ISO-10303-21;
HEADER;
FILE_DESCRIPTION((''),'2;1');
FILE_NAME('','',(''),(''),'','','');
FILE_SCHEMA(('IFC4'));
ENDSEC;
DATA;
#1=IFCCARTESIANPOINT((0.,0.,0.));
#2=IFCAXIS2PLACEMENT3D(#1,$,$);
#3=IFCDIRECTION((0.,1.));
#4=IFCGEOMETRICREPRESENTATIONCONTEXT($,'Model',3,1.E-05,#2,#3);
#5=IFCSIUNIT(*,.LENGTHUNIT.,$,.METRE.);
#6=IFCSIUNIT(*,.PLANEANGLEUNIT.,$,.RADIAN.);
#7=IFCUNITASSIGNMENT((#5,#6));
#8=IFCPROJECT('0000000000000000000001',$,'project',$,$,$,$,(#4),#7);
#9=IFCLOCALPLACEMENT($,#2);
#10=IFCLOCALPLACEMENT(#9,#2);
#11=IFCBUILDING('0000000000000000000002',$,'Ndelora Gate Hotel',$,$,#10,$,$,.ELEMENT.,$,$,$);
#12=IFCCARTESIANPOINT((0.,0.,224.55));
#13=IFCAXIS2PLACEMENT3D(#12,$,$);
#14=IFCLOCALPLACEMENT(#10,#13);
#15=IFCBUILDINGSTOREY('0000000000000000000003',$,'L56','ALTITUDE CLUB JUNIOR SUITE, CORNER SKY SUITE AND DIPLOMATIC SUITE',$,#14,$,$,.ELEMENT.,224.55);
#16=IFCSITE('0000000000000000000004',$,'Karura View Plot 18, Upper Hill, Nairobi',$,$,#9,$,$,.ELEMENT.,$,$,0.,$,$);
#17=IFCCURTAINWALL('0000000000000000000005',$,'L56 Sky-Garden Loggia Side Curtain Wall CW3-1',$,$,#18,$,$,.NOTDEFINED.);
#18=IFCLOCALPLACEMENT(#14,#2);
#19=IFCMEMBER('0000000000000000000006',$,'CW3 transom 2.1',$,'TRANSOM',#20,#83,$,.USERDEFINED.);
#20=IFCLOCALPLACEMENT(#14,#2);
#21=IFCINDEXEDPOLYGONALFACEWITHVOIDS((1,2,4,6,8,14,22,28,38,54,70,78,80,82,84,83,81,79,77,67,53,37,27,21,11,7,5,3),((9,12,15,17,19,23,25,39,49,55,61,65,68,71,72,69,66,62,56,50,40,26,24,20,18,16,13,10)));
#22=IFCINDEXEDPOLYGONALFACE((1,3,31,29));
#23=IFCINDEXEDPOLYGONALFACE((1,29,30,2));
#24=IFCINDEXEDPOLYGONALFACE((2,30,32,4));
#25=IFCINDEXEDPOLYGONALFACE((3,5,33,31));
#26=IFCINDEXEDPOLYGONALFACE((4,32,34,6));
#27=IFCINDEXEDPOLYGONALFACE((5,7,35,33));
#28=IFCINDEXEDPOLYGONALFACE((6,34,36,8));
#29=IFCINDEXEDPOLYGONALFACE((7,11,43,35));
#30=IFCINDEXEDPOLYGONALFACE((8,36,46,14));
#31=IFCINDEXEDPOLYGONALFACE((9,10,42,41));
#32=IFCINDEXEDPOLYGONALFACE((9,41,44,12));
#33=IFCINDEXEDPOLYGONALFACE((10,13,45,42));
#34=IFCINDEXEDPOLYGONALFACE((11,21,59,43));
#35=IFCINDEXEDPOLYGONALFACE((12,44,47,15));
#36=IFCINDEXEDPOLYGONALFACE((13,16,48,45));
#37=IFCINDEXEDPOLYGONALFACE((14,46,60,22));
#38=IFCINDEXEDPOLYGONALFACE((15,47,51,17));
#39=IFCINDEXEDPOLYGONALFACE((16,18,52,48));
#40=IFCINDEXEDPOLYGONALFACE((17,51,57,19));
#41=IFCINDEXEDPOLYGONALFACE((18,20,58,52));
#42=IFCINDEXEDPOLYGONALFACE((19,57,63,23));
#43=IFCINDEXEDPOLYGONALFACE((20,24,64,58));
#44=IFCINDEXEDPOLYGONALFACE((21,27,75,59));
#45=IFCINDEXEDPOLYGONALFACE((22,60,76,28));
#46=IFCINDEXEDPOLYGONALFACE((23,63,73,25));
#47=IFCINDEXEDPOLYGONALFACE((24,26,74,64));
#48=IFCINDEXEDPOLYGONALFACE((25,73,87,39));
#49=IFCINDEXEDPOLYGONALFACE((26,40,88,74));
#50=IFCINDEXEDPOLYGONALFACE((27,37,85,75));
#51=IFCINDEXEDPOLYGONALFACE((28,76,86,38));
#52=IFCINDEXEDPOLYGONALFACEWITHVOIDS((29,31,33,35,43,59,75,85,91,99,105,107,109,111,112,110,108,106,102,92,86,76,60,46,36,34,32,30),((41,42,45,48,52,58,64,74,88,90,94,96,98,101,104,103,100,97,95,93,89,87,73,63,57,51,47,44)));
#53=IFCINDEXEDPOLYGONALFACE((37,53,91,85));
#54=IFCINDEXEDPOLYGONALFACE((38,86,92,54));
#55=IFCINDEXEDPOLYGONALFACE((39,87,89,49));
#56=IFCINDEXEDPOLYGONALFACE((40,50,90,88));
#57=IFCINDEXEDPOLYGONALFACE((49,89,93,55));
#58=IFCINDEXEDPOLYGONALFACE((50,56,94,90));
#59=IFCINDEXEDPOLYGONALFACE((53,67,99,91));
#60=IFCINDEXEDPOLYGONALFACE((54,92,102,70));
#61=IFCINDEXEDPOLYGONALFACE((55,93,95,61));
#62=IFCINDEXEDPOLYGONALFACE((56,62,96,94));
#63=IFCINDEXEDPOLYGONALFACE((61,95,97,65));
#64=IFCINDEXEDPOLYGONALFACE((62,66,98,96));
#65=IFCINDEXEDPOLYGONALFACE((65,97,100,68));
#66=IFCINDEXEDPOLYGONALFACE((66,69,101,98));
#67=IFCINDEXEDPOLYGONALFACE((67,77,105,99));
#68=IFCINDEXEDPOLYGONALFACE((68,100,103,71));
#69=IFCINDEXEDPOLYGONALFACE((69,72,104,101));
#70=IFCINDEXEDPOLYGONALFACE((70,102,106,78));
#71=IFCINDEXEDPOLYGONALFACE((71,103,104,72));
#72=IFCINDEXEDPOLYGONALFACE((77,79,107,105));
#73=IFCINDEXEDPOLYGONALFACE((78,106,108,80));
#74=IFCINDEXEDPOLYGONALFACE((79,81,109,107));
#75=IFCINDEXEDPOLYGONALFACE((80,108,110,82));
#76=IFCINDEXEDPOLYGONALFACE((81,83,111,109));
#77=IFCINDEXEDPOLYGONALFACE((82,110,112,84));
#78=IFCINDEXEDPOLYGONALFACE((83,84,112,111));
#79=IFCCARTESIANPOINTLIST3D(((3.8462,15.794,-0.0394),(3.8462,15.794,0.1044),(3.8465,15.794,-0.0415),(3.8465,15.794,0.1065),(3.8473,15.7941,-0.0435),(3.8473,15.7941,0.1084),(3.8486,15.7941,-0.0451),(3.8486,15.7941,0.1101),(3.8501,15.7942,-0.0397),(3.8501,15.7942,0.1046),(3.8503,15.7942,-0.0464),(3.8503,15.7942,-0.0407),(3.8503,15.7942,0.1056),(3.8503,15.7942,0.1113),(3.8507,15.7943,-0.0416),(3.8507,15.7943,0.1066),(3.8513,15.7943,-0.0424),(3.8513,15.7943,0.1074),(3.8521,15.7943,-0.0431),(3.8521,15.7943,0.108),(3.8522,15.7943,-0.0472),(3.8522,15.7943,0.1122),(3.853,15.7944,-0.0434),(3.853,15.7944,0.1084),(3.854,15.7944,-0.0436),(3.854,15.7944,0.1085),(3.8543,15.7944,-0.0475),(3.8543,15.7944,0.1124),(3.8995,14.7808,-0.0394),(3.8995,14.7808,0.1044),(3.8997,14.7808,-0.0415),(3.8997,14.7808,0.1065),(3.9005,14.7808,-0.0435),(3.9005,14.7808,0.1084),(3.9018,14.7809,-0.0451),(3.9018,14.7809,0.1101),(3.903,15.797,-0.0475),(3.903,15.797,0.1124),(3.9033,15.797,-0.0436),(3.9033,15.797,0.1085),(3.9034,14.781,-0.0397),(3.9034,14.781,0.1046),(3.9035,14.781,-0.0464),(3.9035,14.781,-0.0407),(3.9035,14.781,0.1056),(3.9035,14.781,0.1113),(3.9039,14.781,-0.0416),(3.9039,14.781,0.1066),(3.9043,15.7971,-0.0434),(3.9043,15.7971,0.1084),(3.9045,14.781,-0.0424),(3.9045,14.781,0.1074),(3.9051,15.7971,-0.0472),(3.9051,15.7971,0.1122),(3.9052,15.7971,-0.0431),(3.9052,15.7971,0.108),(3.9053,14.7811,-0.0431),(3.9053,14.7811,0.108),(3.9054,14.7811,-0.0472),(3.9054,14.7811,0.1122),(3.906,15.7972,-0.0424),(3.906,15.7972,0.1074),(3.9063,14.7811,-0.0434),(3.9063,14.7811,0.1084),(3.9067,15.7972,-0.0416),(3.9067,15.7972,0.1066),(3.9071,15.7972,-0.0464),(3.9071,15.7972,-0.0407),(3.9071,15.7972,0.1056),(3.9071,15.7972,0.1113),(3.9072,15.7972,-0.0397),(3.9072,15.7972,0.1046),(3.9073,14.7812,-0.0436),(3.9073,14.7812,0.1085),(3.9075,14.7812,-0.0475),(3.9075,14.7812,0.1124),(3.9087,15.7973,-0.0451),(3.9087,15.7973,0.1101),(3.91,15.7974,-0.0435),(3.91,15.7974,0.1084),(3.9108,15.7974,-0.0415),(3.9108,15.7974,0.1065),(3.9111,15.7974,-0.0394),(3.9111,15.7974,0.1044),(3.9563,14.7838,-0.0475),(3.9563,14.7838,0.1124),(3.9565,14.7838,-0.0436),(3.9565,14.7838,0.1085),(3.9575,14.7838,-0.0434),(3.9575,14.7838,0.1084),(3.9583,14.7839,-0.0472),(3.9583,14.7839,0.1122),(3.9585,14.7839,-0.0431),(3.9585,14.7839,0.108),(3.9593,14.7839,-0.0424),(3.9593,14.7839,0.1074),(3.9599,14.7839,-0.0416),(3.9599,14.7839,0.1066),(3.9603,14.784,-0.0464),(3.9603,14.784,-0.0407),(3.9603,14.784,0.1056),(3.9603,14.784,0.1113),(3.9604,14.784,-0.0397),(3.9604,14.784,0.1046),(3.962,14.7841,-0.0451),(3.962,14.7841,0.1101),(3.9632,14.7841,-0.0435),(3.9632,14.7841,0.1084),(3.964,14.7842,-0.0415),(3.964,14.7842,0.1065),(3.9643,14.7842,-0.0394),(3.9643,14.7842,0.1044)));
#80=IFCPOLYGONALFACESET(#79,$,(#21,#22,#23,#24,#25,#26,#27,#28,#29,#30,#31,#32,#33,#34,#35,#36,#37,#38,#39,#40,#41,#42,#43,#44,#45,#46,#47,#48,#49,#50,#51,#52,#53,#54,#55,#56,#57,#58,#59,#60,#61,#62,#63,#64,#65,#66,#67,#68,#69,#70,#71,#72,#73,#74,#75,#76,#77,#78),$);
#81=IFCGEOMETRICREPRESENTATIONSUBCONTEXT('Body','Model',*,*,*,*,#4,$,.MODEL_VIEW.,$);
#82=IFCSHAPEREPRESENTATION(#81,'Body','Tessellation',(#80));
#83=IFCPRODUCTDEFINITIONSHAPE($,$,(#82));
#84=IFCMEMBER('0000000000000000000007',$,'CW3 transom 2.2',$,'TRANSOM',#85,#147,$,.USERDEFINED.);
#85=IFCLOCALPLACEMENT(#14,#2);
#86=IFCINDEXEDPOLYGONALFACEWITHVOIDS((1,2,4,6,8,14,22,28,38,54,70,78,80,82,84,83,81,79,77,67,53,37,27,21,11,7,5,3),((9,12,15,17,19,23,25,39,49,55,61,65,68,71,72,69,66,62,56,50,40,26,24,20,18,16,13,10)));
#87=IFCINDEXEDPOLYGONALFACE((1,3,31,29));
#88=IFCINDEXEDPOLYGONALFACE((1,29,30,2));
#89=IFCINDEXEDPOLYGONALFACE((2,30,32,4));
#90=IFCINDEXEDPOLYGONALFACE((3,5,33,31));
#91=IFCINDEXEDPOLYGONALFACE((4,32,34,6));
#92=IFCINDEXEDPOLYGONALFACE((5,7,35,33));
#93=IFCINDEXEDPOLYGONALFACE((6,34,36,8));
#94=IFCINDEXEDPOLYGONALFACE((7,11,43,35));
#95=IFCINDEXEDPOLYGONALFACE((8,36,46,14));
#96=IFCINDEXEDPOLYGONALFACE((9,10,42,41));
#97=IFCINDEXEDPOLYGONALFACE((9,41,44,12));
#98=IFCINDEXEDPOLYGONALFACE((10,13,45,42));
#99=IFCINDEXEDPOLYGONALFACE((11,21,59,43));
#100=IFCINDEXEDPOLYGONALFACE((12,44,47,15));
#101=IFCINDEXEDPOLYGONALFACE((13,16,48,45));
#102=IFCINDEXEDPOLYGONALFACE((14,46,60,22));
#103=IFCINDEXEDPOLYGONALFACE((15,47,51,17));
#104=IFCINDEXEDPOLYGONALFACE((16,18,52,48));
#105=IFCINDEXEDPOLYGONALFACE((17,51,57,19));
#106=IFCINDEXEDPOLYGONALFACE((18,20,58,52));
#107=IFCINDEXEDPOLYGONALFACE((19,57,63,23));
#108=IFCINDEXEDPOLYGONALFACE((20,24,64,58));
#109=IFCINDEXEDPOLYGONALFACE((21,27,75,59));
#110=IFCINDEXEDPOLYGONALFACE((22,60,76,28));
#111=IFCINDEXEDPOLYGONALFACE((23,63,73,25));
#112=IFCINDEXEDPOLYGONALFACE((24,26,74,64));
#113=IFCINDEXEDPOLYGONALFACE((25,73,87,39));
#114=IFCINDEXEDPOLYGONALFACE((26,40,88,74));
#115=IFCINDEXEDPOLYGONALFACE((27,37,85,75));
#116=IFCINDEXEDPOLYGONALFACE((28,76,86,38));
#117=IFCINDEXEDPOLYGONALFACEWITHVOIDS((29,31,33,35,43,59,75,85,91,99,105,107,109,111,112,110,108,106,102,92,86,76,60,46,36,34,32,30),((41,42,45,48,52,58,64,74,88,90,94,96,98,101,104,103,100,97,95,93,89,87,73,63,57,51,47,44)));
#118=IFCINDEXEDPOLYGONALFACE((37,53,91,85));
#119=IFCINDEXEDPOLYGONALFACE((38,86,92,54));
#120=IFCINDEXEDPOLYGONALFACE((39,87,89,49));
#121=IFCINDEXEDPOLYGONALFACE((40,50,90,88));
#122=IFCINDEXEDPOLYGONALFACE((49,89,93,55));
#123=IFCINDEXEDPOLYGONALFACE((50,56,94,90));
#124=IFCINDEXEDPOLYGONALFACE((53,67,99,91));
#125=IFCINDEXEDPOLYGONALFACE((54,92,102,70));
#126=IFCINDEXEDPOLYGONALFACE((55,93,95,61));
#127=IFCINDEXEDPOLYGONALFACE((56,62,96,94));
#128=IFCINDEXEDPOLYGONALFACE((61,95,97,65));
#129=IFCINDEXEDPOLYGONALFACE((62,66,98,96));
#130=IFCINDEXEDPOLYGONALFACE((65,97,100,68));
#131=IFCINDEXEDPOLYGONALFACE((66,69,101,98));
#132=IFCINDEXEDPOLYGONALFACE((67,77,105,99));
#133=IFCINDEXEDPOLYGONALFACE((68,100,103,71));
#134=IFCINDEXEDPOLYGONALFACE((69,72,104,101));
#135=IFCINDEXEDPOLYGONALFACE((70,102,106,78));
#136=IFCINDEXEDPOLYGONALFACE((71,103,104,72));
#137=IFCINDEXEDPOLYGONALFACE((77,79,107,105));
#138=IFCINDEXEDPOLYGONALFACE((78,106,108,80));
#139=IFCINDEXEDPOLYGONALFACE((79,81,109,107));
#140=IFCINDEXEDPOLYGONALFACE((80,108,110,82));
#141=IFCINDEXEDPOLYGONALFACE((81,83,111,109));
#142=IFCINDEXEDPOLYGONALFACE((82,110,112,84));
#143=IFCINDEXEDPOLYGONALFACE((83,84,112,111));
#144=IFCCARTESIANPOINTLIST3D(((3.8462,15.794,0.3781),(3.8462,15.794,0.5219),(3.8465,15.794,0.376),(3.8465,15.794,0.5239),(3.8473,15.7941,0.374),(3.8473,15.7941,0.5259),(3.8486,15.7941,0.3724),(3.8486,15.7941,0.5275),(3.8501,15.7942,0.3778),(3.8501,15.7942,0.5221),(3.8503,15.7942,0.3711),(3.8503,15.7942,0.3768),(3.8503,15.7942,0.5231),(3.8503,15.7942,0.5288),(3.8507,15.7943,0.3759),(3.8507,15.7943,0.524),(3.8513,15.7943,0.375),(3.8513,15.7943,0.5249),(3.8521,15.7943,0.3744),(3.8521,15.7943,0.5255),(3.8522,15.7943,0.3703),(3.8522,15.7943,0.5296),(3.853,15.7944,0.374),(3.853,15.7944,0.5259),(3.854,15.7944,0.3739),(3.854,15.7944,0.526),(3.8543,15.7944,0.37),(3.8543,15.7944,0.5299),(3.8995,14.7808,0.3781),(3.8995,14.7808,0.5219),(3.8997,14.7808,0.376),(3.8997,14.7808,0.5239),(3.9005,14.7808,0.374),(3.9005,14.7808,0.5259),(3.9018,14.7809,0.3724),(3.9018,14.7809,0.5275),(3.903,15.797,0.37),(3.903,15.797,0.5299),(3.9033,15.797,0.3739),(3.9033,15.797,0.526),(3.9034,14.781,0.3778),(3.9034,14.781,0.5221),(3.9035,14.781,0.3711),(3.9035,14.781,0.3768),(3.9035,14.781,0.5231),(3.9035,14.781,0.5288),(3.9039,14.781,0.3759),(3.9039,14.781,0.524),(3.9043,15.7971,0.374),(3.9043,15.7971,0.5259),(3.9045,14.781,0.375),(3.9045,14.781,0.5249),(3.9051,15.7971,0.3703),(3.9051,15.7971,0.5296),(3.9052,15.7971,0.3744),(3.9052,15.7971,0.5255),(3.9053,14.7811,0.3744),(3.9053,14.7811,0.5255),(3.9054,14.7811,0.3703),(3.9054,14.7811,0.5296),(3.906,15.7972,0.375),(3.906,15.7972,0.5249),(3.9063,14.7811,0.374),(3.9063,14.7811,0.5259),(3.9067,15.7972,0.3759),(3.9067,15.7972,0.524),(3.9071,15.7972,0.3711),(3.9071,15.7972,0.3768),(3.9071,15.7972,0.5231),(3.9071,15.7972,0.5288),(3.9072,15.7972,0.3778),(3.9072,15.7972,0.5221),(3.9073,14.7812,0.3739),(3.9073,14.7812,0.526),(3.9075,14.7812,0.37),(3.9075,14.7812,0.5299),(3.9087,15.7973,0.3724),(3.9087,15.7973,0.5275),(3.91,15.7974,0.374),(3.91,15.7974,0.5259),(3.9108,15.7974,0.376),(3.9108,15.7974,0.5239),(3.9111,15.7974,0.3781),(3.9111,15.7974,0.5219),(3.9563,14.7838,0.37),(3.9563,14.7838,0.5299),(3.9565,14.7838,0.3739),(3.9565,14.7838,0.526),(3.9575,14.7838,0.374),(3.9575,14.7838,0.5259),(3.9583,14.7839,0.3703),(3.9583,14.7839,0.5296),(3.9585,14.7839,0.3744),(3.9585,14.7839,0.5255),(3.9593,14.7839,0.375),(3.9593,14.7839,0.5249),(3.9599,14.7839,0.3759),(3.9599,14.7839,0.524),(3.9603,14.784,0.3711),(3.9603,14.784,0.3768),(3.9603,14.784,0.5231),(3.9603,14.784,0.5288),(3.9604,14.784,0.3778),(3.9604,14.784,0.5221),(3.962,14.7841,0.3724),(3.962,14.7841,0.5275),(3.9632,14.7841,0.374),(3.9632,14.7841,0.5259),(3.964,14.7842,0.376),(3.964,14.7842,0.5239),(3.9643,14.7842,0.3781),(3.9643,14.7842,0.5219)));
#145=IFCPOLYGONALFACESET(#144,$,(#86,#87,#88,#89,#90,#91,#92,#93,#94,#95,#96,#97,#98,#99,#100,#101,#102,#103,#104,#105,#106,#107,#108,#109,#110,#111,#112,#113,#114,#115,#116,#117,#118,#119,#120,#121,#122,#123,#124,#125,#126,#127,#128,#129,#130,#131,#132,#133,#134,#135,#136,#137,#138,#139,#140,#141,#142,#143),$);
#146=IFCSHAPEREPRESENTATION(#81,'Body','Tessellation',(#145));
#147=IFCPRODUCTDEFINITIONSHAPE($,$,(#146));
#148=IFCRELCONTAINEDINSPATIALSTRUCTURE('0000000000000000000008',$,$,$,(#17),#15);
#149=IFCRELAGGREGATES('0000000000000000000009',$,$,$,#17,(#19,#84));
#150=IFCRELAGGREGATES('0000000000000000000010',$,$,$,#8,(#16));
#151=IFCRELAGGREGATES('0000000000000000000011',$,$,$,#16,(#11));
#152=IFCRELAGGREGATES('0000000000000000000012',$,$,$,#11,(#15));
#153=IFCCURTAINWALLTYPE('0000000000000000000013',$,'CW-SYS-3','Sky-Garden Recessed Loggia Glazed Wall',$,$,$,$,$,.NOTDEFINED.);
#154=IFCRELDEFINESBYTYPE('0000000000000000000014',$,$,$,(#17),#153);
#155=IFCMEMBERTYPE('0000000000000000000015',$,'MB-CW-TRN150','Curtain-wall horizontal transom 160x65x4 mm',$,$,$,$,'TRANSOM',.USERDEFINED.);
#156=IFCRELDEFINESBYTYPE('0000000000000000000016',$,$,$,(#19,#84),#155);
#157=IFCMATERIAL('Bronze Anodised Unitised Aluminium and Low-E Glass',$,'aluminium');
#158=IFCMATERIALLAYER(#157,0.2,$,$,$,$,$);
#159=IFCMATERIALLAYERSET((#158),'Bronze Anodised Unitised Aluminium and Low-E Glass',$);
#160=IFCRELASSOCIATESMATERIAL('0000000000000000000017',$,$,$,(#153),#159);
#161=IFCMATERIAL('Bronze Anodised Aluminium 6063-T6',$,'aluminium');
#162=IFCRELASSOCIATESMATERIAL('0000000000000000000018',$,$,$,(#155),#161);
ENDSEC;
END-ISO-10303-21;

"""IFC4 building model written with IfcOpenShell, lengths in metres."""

from ifc_helpers import new_model, si_unit, direction, frame, origin, origin_2d, place, context, subcontext, project, spatial, hollow_rectangle, extrude, material, layer, layer_set, material_profile, profile_set, type_object, element, aggregate, save


model = new_model("IFC4")

# Units and contexts
model_context = context("Model", 3, precision=1e-05, world=origin(), true_north=direction((0.0, 1.0)))
body_context = subcontext(model_context, "Body", "Model", "MODEL_VIEW")
ifc_project = project(units=[si_unit("LENGTHUNIT", "METRE"), si_unit("PLANEANGLEUNIT", "RADIAN")], contexts=[model_context])

# Site, building, storey
site_placement = place(None, origin())
site = spatial("IfcSite", under=ifc_project, at=site_placement, Name="Karura View Plot 18, Upper Hill, Nairobi", CompositionType="ELEMENT", RefElevation=0.0)
building_placement = place(site_placement, origin())
building = spatial("IfcBuilding", under=site, at=building_placement, Name="Ndelora Gate Hotel", CompositionType="ELEMENT")
storey_placement = place(building_placement, frame((0.0, 0.0, 224.55)))
storey = spatial("IfcBuildingStorey", under=building, at=storey_placement, Name="L56", Description="ALTITUDE CLUB JUNIOR SUITE, CORNER SKY SUITE AND DIPLOMATIC SUITE", CompositionType="ELEMENT", Elevation=224.55)

# Curtain wall, members
ifc_material_1 = material(Name="Bronze Anodised Unitised Aluminium and Low-E Glass", Category="aluminium")
ifc_layer_1 = layer(ifc_material_1, 0.2)
ifc_layer_set_1 = layer_set([ifc_layer_1], Name="Bronze Anodised Unitised Aluminium and Low-E Glass")
curtain_wall_type = type_object("IfcCurtainWallType", Name="CW-SYS-3", Description="Sky-Garden Recessed Loggia Glazed Wall", PredefinedType="NOTDEFINED", material=ifc_layer_set_1)
curtain_wall_placement = place(storey_placement, origin())
curtain_wall = element("IfcCurtainWall", 1, at=curtain_wall_placement, inside=storey, type_object=curtain_wall_type, Name="L56 Sky-Garden Loggia Side Curtain Wall CW3-1", PredefinedType="NOTDEFINED")
ifc_material_2 = material(Name="Bronze Anodised Aluminium 6063-T6", Category="aluminium")
ifc_material_profile_1 = material_profile(ifc_material_2, hollow_rectangle(XDim=0.0649, YDim=0.1599, WallThickness=0.0039, InnerFilletRadius=0.0039, OuterFilletRadius=0.0081, at=origin_2d()), Name="ALU 160x65x4")
ifc_profile_set_1 = profile_set([ifc_material_profile_1], Name="Bronze Anodised Aluminium 6063-T6")
member_type_1 = type_object("IfcMemberType", Name="MB-CW-TRN150", Description="Curtain-wall horizontal transom 160x65x4 mm", ElementType="TRANSOM", PredefinedType="USERDEFINED", material=ifc_profile_set_1)
member_1_placement = place(storey_placement, frame((3.9319, 14.7825, 0.0325), z_axis=(-0.052458, 0.998623, 0.0), x_axis=(-0.998623, -0.052458, 0.0)))
member_1 = element("IfcMember", 2, at=member_1_placement, type_object=member_type_1, Name="CW3 transom 2.1", ObjectType="TRANSOM", PredefinedType="USERDEFINED", context=body_context, shape_type="SweptSolid", body=[
    extrude(hollow_rectangle(XDim=0.0649, YDim=0.1599, WallThickness=0.0039, InnerFilletRadius=0.0039, OuterFilletRadius=0.0081, at=origin_2d()), origin(), (0.0, 0.0, 1.0), 1.0146),
])
member_2_placement = place(storey_placement, frame((3.9319, 14.7825, 0.45), z_axis=(-0.052458, 0.998623, 0.0), x_axis=(-0.998623, -0.052458, 0.0)))
member_2 = element("IfcMember", 3, at=member_2_placement, type_object=member_type_1, Name="CW3 transom 2.2", ObjectType="TRANSOM", PredefinedType="USERDEFINED", context=body_context, shape_type="SweptSolid", body=[
    extrude(hollow_rectangle(XDim=0.0649, YDim=0.1599, WallThickness=0.0039, InnerFilletRadius=0.0039, OuterFilletRadius=0.0081, at=origin_2d()), origin(), (0.0, 0.0, 1.0), 1.0146),
])
aggregate(curtain_wall, [member_1, member_2])

save(model, "model.ifc")
